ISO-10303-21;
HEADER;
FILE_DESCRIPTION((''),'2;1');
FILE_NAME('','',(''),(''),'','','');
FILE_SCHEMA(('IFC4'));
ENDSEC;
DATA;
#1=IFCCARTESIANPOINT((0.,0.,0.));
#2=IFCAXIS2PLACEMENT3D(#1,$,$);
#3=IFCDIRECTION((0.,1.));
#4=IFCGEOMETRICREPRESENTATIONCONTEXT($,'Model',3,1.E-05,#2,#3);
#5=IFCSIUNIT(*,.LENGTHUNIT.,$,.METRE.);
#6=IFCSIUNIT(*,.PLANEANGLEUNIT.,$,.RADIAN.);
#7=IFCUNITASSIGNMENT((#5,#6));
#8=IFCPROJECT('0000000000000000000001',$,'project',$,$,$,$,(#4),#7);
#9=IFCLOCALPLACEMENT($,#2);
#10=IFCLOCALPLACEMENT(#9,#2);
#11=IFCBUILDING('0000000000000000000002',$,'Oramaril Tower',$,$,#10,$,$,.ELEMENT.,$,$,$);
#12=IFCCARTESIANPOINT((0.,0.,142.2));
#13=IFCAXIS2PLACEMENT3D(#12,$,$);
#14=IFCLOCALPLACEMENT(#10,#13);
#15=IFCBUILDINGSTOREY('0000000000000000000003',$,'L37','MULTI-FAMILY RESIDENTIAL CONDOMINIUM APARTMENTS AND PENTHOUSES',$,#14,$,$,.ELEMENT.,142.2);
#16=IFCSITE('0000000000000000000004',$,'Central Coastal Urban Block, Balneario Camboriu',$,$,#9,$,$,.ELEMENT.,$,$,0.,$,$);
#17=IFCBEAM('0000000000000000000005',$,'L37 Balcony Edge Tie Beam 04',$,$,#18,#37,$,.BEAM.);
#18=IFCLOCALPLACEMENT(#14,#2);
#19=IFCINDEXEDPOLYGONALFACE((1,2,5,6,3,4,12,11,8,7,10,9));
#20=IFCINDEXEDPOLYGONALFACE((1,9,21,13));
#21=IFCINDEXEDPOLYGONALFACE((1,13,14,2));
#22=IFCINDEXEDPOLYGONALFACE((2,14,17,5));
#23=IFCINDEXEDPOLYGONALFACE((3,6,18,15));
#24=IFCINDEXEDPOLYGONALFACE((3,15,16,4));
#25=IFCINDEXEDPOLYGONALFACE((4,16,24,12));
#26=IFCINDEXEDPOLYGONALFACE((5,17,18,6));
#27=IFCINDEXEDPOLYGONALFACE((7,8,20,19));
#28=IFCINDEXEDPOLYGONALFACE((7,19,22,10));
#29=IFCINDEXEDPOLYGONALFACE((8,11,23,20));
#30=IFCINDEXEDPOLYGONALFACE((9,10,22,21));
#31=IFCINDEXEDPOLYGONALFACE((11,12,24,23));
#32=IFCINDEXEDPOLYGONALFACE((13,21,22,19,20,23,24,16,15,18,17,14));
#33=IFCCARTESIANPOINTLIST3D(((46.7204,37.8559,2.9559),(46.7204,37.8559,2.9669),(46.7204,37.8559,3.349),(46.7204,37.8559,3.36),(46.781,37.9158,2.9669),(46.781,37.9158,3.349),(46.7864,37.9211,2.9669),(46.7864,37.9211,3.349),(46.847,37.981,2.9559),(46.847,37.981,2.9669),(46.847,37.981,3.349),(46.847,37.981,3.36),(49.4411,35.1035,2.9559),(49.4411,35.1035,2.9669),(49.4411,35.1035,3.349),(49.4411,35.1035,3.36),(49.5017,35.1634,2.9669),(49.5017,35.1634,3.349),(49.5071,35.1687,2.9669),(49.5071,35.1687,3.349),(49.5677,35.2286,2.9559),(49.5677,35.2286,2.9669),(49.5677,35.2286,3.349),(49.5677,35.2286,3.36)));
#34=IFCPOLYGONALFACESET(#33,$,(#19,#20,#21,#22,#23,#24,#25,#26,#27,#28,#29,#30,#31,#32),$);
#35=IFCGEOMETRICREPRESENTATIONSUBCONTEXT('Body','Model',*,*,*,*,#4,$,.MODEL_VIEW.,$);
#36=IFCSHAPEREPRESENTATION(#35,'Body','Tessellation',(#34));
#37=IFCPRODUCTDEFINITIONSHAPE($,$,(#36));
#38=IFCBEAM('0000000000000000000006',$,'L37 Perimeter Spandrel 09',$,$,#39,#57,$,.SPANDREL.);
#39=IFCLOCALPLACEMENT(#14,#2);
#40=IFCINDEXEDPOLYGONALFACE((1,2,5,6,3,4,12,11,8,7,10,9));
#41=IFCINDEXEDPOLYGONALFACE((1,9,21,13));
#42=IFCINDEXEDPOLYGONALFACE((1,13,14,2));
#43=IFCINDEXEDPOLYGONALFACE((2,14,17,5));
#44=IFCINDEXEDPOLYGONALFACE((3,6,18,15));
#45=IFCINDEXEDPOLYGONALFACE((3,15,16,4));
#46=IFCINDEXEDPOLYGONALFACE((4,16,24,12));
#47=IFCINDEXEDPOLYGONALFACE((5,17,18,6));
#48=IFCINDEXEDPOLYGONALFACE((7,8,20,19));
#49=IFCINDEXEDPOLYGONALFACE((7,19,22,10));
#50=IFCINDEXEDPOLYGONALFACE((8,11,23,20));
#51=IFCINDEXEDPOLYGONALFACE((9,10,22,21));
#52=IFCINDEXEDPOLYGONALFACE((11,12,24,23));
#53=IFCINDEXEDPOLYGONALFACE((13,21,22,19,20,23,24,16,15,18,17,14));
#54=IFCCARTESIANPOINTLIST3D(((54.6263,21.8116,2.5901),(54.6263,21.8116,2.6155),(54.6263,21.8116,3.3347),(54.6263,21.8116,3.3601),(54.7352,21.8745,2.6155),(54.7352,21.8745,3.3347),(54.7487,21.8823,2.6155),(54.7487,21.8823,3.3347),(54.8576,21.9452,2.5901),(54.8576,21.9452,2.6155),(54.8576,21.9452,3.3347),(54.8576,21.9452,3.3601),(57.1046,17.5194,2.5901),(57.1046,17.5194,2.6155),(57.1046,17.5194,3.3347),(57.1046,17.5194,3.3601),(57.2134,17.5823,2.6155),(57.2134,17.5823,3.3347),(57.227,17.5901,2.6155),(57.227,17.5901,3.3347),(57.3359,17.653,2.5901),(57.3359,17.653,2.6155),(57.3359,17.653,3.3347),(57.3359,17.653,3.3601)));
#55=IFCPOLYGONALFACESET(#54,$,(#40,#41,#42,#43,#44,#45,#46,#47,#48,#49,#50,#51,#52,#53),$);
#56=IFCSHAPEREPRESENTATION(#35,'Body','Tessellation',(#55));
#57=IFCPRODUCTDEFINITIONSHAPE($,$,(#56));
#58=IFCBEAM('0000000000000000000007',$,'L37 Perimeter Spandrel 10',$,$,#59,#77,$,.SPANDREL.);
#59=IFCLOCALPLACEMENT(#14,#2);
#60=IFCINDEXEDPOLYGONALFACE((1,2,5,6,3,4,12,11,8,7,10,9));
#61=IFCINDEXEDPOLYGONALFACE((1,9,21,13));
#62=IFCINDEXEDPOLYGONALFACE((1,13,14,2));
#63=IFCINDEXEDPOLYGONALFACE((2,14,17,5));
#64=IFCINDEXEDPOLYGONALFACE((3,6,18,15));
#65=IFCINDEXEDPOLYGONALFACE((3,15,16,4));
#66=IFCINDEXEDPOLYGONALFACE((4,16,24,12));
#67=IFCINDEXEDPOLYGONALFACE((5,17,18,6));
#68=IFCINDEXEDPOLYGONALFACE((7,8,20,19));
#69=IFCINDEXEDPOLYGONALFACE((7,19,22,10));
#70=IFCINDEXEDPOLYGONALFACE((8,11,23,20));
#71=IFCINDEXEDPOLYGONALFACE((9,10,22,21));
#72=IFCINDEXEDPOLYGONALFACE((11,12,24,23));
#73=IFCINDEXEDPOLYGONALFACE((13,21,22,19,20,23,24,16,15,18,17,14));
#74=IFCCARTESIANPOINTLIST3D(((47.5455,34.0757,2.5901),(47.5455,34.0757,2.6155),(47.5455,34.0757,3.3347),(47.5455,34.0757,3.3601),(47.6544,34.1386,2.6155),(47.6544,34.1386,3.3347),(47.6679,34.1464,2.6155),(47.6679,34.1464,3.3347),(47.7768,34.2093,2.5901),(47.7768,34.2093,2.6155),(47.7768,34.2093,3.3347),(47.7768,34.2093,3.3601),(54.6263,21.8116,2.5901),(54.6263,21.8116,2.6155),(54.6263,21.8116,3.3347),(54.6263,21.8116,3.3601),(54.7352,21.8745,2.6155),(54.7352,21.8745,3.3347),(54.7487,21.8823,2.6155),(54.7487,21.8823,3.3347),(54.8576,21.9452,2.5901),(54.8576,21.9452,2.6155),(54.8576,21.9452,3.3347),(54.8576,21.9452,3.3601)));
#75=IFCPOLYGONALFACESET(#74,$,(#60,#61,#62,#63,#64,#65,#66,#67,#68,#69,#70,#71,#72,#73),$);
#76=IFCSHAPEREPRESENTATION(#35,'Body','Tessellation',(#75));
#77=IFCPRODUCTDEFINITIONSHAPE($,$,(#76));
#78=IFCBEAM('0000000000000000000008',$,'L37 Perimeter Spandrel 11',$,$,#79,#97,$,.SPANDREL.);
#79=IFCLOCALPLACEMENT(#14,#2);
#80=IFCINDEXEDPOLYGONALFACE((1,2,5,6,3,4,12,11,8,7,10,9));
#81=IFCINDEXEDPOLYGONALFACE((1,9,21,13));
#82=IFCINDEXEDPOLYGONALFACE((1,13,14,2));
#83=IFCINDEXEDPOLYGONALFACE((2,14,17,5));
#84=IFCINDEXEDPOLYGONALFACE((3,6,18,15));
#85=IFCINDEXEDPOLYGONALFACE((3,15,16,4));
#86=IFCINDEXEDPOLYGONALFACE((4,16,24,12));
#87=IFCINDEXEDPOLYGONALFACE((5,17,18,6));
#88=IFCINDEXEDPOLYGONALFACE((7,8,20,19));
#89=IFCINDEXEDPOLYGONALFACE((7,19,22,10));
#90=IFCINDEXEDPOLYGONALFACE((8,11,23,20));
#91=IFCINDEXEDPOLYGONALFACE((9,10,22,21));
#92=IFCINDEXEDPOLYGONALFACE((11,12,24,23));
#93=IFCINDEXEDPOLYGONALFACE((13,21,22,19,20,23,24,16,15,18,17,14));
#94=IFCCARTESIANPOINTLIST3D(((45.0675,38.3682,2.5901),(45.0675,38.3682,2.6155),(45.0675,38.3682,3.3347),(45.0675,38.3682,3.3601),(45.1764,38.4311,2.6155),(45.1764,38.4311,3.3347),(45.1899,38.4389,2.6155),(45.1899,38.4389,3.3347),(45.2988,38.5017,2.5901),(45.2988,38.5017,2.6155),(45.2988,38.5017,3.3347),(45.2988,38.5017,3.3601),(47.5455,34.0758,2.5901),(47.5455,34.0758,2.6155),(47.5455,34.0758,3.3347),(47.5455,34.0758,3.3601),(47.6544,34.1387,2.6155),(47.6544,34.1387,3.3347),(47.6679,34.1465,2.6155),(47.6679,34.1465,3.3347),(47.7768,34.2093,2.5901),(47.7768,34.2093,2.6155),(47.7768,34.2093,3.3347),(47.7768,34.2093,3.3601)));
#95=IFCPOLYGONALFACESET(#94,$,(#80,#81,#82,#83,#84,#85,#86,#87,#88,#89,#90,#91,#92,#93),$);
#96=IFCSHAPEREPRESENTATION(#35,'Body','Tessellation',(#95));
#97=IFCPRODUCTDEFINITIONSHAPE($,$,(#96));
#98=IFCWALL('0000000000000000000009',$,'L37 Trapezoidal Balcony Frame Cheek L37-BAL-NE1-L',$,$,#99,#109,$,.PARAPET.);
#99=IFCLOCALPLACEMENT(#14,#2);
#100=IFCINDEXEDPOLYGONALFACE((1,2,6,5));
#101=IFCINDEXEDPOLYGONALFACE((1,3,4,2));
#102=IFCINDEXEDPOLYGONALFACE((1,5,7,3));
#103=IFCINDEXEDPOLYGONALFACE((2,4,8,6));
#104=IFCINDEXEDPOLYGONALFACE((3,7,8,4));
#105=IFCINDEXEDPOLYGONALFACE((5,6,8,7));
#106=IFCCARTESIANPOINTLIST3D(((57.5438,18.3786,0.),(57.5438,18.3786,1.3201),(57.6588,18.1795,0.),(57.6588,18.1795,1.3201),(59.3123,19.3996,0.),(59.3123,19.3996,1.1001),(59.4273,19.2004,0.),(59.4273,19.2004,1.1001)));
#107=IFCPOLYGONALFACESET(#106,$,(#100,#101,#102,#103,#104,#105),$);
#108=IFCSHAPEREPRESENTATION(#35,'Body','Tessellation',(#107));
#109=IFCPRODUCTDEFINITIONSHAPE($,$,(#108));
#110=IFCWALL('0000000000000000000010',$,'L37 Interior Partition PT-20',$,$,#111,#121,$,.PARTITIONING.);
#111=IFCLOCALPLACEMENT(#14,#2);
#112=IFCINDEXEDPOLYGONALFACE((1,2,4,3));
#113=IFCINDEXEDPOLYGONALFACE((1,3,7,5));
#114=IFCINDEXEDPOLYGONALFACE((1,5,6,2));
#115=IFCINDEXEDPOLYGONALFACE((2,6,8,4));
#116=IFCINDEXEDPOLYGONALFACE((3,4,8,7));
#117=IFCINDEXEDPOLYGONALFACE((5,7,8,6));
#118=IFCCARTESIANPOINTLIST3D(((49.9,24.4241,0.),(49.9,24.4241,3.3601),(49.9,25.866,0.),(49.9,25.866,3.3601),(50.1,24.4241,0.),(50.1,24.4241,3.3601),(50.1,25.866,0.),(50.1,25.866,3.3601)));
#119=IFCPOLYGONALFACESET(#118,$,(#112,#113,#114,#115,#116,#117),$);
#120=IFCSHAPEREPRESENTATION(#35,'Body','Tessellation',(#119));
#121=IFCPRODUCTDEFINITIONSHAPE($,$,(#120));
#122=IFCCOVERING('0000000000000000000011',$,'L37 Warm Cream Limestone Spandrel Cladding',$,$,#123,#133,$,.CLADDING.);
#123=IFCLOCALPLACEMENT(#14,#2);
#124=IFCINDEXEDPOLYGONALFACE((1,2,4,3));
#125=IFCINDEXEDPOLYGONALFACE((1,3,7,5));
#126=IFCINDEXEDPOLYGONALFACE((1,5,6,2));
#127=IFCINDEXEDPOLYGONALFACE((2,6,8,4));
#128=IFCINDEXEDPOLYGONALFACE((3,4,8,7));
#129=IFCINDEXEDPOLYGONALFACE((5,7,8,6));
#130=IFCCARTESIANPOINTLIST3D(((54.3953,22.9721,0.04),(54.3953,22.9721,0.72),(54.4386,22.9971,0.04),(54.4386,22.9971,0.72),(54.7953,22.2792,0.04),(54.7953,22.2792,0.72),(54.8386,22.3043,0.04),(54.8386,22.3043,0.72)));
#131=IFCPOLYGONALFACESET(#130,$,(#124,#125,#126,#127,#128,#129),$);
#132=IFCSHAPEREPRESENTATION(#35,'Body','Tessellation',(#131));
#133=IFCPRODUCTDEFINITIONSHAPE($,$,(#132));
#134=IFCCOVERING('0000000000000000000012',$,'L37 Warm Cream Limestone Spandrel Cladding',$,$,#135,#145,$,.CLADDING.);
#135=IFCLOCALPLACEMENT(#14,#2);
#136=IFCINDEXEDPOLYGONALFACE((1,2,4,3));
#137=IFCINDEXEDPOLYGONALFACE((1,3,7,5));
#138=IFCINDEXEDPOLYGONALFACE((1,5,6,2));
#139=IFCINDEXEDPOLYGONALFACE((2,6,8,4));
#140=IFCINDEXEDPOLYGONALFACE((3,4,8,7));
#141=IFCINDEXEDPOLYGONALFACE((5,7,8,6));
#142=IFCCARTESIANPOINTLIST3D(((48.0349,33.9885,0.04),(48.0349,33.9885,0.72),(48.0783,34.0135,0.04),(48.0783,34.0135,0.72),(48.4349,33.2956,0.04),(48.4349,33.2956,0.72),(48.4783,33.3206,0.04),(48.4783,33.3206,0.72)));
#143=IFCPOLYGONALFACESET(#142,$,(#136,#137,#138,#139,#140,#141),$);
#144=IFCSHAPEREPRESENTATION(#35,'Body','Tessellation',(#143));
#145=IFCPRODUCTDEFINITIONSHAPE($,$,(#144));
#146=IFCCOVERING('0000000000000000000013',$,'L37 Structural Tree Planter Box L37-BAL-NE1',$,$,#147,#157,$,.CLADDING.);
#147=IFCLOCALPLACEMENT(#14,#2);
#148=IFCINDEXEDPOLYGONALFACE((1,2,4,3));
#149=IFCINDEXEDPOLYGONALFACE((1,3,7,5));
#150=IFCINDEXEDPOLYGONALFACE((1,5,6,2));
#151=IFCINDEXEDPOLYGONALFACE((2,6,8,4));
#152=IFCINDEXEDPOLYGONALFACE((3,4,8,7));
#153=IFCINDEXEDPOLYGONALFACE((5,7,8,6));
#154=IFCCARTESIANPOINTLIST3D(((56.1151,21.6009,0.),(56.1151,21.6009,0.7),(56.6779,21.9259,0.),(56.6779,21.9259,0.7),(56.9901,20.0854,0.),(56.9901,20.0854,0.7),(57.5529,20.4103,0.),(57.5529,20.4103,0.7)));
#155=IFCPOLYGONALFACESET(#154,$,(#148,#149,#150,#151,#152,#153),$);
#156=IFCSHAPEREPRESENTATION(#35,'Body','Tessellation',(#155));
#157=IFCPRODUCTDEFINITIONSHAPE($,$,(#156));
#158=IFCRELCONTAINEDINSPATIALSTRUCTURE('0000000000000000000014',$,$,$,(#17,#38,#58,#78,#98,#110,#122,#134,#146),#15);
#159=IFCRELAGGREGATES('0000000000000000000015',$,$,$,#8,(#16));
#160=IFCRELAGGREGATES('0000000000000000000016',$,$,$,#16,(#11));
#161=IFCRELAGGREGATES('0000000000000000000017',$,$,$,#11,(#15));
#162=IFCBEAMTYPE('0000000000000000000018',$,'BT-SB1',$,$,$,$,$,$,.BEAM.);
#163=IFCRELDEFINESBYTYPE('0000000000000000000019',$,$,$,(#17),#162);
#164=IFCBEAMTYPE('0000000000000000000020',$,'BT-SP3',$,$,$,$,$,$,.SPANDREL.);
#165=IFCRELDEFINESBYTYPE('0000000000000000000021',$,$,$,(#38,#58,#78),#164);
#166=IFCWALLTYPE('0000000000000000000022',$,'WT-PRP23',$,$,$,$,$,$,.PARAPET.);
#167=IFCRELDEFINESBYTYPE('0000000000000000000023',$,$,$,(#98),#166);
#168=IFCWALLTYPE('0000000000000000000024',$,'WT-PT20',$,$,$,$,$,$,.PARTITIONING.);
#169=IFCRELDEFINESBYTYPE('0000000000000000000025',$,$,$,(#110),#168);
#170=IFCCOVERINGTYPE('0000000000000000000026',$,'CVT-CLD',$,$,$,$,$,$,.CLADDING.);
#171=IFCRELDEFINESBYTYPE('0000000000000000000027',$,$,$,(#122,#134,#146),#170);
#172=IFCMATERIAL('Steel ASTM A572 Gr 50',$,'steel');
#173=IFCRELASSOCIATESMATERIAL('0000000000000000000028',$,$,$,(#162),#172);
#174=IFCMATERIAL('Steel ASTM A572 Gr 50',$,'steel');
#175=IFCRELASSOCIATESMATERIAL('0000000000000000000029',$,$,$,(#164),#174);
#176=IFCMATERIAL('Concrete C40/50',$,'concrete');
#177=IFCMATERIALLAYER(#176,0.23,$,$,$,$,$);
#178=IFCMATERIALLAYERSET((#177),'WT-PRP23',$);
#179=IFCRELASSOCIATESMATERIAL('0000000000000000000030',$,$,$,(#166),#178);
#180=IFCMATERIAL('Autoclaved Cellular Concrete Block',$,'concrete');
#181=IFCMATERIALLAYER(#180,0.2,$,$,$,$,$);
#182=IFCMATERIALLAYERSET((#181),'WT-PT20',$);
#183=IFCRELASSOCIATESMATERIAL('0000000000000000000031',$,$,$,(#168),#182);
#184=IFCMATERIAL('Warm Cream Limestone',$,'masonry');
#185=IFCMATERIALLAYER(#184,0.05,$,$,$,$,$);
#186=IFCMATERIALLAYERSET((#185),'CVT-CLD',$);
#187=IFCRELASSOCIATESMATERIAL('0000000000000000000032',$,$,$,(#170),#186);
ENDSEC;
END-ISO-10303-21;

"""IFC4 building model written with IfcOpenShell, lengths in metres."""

from ifc_helpers import new_model, si_unit, direction, frame, frame_2d, origin, origin_2d, place, context, subcontext, project, spatial, polyline, rectangle, i_section, outline, extrude, material, layer, layer_set, material_profile, profile_set, type_object, element, save


model = new_model("IFC4")

# Units and contexts
model_context = context("Model", 3, precision=1e-05, world=origin(), true_north=direction((0.0, 1.0)))
body_context = subcontext(model_context, "Body", "Model", "MODEL_VIEW")
ifc_project = project(units=[si_unit("LENGTHUNIT", "METRE"), si_unit("PLANEANGLEUNIT", "RADIAN")], contexts=[model_context])

# Site, building, storey
site_placement = place(None, origin())
site = spatial("IfcSite", under=ifc_project, at=site_placement, Name="Central Coastal Urban Block, Balneario Camboriu", CompositionType="ELEMENT", RefElevation=0.0)
building_placement = place(site_placement, origin())
building = spatial("IfcBuilding", under=site, at=building_placement, Name="Oramaril Tower", CompositionType="ELEMENT")
storey_placement = place(building_placement, frame((0.0, 0.0, 142.2)))
storey = spatial("IfcBuildingStorey", under=building, at=storey_placement, Name="L37", Description="MULTI-FAMILY RESIDENTIAL CONDOMINIUM APARTMENTS AND PENTHOUSES", CompositionType="ELEMENT", Elevation=142.2)

# Beams
ifc_material_1 = material(Name="Steel ASTM A572 Gr 50", Category="steel")
ifc_material_profile_1 = material_profile(ifc_material_1, i_section(OverallWidth=0.178, OverallDepth=0.4041, WebThickness=0.0076, FlangeThickness=0.011, at=origin_2d()), Name="W16X36")
ifc_profile_set_1 = profile_set([ifc_material_profile_1], Name="Steel ASTM A572 Gr 50")
beam_type_1 = type_object("IfcBeamType", Name="BT-SB1", PredefinedType="BEAM", material=ifc_profile_set_1)
beam_1_placement = place(storey_placement, frame((49.5044, 35.166, 3.158), z_axis=(-0.702995, 0.711195, 0.0), x_axis=(-0.711195, -0.702995, 0.0)))
element("IfcBeam", 1, at=beam_1_placement, inside=storey, type_object=beam_type_1, Name="L37 Balcony Edge Tie Beam 04", PredefinedType="BEAM", context=body_context, shape_type="SweptSolid", body=[
    extrude(i_section(OverallWidth=0.178, OverallDepth=0.4041, WebThickness=0.0076, FlangeThickness=0.011, at=origin_2d()), origin(), (0.0, 0.0, 1.0), 3.8701),
])
ifc_material_2 = material(Name="Steel ASTM A572 Gr 50", Category="steel")
ifc_material_profile_2 = material_profile(ifc_material_2, i_section(OverallWidth=0.2671, OverallDepth=0.77, WebThickness=0.0156, FlangeThickness=0.0254, at=origin_2d()), Name="W30X132")
ifc_profile_set_2 = profile_set([ifc_material_profile_2], Name="Steel ASTM A572 Gr 50")
beam_type_2 = type_object("IfcBeamType", Name="BT-SP3", PredefinedType="SPANDREL", material=ifc_profile_set_2)
beam_2_placement = place(storey_placement, frame((57.2202, 17.5862, 2.9751), z_axis=(-0.500022, 0.866013, 0.0), x_axis=(-0.866013, -0.500022, 0.0)))
element("IfcBeam", 2, at=beam_2_placement, inside=storey, type_object=beam_type_2, Name="L37 Perimeter Spandrel 09", PredefinedType="SPANDREL", context=body_context, shape_type="SweptSolid", body=[
    extrude(i_section(OverallWidth=0.2671, OverallDepth=0.77, WebThickness=0.0156, FlangeThickness=0.0254, at=origin_2d()), origin(), (0.0, 0.0, 1.0), 4.9563),
])
beam_3_placement = place(storey_placement, frame((54.7419, 21.8784, 2.9751), z_axis=(-0.500005, 0.866023, 0.0), x_axis=(-0.866023, -0.500005, 0.0)))
element("IfcBeam", 3, at=beam_3_placement, inside=storey, type_object=beam_type_2, Name="L37 Perimeter Spandrel 10", PredefinedType="SPANDREL", context=body_context, shape_type="SweptSolid", body=[
    extrude(i_section(OverallWidth=0.2671, OverallDepth=0.77, WebThickness=0.0156, FlangeThickness=0.0254, at=origin_2d()), origin(), (0.0, 0.0, 1.0), 14.1614),
])
beam_4_placement = place(storey_placement, frame((47.6611, 34.1426, 2.9751), z_axis=(-0.499964, 0.866046, 0.0), x_axis=(-0.866046, -0.499964, 0.0)))
element("IfcBeam", 4, at=beam_4_placement, inside=storey, type_object=beam_type_2, Name="L37 Perimeter Spandrel 11", PredefinedType="SPANDREL", context=body_context, shape_type="SweptSolid", body=[
    extrude(i_section(OverallWidth=0.2671, OverallDepth=0.77, WebThickness=0.0156, FlangeThickness=0.0254, at=origin_2d()), origin(), (0.0, 0.0, 1.0), 4.9563),
])

# Wall
ifc_material_3 = material(Name="Concrete C40/50", Category="concrete")
ifc_layer_1 = layer(ifc_material_3, 0.23)
ifc_layer_set_1 = layer_set([ifc_layer_1], Name="WT-PRP23")
wall_type_1 = type_object("IfcWallType", Name="WT-PRP23", PredefinedType="PARAPET", material=ifc_layer_set_1)
wall_1_placement = place(storey_placement, frame((57.6013, 18.2791, 0.0), z_axis=(0.0, 0.0, 1.0), x_axis=(0.866042, 0.499971, 0.0)))
element("IfcWall", 5, at=wall_1_placement, inside=storey, type_object=wall_type_1, Name="L37 Trapezoidal Balcony Frame Cheek L37-BAL-NE1-L", PredefinedType="PARAPET", context=body_context, shape_type="SweptSolid", body=[
    extrude(outline(polyline([(0.0, 0.0), (2.042, 0.0), (2.042, 1.1001), (0.0, 1.3201), (0.0, 0.0)])), frame((0.0, 0.115, 0.0), z_axis=(0.0, -1.0, 0.0), x_axis=(1.0, 0.0, 0.0)), (0.0, 0.0, 1.0), 0.23),
])

# Shared definitions
ifc_material_4 = material(Name="Autoclaved Cellular Concrete Block", Category="concrete")
ifc_layer_2 = layer(ifc_material_4, 0.2)
ifc_layer_set_2 = layer_set([ifc_layer_2], Name="WT-PT20")
wall_type_2 = type_object("IfcWallType", Name="WT-PT20", PredefinedType="PARTITIONING", material=ifc_layer_set_2)

# Wall
wall_2_placement = place(storey_placement, frame((50.0, 24.4241, 0.0), z_axis=(0.0, 0.0, 1.0), x_axis=(0.0, 1.0, 0.0)))
element("IfcWall", 6, at=wall_2_placement, inside=storey, type_object=wall_type_2, Name="L37 Interior Partition PT-20", PredefinedType="PARTITIONING", context=body_context, shape_type="SweptSolid", body=[
    extrude(rectangle(XDim=1.4419, YDim=0.2, at=frame_2d((0.7209, 0.0))), origin(), (0.0, 0.0, 1.0), 3.3601),
])

# Coverings
ifc_material_5 = material(Name="Warm Cream Limestone", Category="masonry")
ifc_layer_3 = layer(ifc_material_5, 0.05)
ifc_layer_set_3 = layer_set([ifc_layer_3], Name="CVT-CLD")
covering_type = type_object("IfcCoveringType", Name="CVT-CLD", PredefinedType="CLADDING", material=ifc_layer_set_3)
for number, where, z_axis, x_axis, name in (
    (7, (54.6169, 22.6382, 0.04), (0.0, 0.0, 1.0), (-0.499998, 0.866026, 0.0), "L37 Warm Cream Limestone Spandrel Cladding"),
    (8, (48.2566, 33.6545, 0.04), (0.0, 0.0, 1.0), (-0.499998, 0.866026, 0.0), "L37 Warm Cream Limestone Spandrel Cladding"),
):
    element("IfcCovering", number, at=place(storey_placement, frame(where, z_axis=z_axis, x_axis=x_axis)), inside=storey, type_object=covering_type, Name=name, PredefinedType="CLADDING", context=body_context, shape_type="SweptSolid", body=[
        extrude(rectangle(XDim=0.8, YDim=0.05, at=origin_2d()), origin(), (0.0, 0.0, 1.0), 0.6799),
    ])
covering_placement = place(storey_placement, frame((56.834, 21.0056, 0.0), z_axis=(0.0, 0.0, 1.0), x_axis=(-0.499998, 0.866026, 0.0)))
element("IfcCovering", 9, at=covering_placement, inside=storey, type_object=covering_type, Name="L37 Structural Tree Planter Box L37-BAL-NE1", PredefinedType="CLADDING", context=body_context, shape_type="SweptSolid", body=[
    extrude(rectangle(XDim=1.75, YDim=0.6499, at=origin_2d()), origin(), (0.0, 0.0, 1.0), 0.7),
])

save(model, "model.ifc")
